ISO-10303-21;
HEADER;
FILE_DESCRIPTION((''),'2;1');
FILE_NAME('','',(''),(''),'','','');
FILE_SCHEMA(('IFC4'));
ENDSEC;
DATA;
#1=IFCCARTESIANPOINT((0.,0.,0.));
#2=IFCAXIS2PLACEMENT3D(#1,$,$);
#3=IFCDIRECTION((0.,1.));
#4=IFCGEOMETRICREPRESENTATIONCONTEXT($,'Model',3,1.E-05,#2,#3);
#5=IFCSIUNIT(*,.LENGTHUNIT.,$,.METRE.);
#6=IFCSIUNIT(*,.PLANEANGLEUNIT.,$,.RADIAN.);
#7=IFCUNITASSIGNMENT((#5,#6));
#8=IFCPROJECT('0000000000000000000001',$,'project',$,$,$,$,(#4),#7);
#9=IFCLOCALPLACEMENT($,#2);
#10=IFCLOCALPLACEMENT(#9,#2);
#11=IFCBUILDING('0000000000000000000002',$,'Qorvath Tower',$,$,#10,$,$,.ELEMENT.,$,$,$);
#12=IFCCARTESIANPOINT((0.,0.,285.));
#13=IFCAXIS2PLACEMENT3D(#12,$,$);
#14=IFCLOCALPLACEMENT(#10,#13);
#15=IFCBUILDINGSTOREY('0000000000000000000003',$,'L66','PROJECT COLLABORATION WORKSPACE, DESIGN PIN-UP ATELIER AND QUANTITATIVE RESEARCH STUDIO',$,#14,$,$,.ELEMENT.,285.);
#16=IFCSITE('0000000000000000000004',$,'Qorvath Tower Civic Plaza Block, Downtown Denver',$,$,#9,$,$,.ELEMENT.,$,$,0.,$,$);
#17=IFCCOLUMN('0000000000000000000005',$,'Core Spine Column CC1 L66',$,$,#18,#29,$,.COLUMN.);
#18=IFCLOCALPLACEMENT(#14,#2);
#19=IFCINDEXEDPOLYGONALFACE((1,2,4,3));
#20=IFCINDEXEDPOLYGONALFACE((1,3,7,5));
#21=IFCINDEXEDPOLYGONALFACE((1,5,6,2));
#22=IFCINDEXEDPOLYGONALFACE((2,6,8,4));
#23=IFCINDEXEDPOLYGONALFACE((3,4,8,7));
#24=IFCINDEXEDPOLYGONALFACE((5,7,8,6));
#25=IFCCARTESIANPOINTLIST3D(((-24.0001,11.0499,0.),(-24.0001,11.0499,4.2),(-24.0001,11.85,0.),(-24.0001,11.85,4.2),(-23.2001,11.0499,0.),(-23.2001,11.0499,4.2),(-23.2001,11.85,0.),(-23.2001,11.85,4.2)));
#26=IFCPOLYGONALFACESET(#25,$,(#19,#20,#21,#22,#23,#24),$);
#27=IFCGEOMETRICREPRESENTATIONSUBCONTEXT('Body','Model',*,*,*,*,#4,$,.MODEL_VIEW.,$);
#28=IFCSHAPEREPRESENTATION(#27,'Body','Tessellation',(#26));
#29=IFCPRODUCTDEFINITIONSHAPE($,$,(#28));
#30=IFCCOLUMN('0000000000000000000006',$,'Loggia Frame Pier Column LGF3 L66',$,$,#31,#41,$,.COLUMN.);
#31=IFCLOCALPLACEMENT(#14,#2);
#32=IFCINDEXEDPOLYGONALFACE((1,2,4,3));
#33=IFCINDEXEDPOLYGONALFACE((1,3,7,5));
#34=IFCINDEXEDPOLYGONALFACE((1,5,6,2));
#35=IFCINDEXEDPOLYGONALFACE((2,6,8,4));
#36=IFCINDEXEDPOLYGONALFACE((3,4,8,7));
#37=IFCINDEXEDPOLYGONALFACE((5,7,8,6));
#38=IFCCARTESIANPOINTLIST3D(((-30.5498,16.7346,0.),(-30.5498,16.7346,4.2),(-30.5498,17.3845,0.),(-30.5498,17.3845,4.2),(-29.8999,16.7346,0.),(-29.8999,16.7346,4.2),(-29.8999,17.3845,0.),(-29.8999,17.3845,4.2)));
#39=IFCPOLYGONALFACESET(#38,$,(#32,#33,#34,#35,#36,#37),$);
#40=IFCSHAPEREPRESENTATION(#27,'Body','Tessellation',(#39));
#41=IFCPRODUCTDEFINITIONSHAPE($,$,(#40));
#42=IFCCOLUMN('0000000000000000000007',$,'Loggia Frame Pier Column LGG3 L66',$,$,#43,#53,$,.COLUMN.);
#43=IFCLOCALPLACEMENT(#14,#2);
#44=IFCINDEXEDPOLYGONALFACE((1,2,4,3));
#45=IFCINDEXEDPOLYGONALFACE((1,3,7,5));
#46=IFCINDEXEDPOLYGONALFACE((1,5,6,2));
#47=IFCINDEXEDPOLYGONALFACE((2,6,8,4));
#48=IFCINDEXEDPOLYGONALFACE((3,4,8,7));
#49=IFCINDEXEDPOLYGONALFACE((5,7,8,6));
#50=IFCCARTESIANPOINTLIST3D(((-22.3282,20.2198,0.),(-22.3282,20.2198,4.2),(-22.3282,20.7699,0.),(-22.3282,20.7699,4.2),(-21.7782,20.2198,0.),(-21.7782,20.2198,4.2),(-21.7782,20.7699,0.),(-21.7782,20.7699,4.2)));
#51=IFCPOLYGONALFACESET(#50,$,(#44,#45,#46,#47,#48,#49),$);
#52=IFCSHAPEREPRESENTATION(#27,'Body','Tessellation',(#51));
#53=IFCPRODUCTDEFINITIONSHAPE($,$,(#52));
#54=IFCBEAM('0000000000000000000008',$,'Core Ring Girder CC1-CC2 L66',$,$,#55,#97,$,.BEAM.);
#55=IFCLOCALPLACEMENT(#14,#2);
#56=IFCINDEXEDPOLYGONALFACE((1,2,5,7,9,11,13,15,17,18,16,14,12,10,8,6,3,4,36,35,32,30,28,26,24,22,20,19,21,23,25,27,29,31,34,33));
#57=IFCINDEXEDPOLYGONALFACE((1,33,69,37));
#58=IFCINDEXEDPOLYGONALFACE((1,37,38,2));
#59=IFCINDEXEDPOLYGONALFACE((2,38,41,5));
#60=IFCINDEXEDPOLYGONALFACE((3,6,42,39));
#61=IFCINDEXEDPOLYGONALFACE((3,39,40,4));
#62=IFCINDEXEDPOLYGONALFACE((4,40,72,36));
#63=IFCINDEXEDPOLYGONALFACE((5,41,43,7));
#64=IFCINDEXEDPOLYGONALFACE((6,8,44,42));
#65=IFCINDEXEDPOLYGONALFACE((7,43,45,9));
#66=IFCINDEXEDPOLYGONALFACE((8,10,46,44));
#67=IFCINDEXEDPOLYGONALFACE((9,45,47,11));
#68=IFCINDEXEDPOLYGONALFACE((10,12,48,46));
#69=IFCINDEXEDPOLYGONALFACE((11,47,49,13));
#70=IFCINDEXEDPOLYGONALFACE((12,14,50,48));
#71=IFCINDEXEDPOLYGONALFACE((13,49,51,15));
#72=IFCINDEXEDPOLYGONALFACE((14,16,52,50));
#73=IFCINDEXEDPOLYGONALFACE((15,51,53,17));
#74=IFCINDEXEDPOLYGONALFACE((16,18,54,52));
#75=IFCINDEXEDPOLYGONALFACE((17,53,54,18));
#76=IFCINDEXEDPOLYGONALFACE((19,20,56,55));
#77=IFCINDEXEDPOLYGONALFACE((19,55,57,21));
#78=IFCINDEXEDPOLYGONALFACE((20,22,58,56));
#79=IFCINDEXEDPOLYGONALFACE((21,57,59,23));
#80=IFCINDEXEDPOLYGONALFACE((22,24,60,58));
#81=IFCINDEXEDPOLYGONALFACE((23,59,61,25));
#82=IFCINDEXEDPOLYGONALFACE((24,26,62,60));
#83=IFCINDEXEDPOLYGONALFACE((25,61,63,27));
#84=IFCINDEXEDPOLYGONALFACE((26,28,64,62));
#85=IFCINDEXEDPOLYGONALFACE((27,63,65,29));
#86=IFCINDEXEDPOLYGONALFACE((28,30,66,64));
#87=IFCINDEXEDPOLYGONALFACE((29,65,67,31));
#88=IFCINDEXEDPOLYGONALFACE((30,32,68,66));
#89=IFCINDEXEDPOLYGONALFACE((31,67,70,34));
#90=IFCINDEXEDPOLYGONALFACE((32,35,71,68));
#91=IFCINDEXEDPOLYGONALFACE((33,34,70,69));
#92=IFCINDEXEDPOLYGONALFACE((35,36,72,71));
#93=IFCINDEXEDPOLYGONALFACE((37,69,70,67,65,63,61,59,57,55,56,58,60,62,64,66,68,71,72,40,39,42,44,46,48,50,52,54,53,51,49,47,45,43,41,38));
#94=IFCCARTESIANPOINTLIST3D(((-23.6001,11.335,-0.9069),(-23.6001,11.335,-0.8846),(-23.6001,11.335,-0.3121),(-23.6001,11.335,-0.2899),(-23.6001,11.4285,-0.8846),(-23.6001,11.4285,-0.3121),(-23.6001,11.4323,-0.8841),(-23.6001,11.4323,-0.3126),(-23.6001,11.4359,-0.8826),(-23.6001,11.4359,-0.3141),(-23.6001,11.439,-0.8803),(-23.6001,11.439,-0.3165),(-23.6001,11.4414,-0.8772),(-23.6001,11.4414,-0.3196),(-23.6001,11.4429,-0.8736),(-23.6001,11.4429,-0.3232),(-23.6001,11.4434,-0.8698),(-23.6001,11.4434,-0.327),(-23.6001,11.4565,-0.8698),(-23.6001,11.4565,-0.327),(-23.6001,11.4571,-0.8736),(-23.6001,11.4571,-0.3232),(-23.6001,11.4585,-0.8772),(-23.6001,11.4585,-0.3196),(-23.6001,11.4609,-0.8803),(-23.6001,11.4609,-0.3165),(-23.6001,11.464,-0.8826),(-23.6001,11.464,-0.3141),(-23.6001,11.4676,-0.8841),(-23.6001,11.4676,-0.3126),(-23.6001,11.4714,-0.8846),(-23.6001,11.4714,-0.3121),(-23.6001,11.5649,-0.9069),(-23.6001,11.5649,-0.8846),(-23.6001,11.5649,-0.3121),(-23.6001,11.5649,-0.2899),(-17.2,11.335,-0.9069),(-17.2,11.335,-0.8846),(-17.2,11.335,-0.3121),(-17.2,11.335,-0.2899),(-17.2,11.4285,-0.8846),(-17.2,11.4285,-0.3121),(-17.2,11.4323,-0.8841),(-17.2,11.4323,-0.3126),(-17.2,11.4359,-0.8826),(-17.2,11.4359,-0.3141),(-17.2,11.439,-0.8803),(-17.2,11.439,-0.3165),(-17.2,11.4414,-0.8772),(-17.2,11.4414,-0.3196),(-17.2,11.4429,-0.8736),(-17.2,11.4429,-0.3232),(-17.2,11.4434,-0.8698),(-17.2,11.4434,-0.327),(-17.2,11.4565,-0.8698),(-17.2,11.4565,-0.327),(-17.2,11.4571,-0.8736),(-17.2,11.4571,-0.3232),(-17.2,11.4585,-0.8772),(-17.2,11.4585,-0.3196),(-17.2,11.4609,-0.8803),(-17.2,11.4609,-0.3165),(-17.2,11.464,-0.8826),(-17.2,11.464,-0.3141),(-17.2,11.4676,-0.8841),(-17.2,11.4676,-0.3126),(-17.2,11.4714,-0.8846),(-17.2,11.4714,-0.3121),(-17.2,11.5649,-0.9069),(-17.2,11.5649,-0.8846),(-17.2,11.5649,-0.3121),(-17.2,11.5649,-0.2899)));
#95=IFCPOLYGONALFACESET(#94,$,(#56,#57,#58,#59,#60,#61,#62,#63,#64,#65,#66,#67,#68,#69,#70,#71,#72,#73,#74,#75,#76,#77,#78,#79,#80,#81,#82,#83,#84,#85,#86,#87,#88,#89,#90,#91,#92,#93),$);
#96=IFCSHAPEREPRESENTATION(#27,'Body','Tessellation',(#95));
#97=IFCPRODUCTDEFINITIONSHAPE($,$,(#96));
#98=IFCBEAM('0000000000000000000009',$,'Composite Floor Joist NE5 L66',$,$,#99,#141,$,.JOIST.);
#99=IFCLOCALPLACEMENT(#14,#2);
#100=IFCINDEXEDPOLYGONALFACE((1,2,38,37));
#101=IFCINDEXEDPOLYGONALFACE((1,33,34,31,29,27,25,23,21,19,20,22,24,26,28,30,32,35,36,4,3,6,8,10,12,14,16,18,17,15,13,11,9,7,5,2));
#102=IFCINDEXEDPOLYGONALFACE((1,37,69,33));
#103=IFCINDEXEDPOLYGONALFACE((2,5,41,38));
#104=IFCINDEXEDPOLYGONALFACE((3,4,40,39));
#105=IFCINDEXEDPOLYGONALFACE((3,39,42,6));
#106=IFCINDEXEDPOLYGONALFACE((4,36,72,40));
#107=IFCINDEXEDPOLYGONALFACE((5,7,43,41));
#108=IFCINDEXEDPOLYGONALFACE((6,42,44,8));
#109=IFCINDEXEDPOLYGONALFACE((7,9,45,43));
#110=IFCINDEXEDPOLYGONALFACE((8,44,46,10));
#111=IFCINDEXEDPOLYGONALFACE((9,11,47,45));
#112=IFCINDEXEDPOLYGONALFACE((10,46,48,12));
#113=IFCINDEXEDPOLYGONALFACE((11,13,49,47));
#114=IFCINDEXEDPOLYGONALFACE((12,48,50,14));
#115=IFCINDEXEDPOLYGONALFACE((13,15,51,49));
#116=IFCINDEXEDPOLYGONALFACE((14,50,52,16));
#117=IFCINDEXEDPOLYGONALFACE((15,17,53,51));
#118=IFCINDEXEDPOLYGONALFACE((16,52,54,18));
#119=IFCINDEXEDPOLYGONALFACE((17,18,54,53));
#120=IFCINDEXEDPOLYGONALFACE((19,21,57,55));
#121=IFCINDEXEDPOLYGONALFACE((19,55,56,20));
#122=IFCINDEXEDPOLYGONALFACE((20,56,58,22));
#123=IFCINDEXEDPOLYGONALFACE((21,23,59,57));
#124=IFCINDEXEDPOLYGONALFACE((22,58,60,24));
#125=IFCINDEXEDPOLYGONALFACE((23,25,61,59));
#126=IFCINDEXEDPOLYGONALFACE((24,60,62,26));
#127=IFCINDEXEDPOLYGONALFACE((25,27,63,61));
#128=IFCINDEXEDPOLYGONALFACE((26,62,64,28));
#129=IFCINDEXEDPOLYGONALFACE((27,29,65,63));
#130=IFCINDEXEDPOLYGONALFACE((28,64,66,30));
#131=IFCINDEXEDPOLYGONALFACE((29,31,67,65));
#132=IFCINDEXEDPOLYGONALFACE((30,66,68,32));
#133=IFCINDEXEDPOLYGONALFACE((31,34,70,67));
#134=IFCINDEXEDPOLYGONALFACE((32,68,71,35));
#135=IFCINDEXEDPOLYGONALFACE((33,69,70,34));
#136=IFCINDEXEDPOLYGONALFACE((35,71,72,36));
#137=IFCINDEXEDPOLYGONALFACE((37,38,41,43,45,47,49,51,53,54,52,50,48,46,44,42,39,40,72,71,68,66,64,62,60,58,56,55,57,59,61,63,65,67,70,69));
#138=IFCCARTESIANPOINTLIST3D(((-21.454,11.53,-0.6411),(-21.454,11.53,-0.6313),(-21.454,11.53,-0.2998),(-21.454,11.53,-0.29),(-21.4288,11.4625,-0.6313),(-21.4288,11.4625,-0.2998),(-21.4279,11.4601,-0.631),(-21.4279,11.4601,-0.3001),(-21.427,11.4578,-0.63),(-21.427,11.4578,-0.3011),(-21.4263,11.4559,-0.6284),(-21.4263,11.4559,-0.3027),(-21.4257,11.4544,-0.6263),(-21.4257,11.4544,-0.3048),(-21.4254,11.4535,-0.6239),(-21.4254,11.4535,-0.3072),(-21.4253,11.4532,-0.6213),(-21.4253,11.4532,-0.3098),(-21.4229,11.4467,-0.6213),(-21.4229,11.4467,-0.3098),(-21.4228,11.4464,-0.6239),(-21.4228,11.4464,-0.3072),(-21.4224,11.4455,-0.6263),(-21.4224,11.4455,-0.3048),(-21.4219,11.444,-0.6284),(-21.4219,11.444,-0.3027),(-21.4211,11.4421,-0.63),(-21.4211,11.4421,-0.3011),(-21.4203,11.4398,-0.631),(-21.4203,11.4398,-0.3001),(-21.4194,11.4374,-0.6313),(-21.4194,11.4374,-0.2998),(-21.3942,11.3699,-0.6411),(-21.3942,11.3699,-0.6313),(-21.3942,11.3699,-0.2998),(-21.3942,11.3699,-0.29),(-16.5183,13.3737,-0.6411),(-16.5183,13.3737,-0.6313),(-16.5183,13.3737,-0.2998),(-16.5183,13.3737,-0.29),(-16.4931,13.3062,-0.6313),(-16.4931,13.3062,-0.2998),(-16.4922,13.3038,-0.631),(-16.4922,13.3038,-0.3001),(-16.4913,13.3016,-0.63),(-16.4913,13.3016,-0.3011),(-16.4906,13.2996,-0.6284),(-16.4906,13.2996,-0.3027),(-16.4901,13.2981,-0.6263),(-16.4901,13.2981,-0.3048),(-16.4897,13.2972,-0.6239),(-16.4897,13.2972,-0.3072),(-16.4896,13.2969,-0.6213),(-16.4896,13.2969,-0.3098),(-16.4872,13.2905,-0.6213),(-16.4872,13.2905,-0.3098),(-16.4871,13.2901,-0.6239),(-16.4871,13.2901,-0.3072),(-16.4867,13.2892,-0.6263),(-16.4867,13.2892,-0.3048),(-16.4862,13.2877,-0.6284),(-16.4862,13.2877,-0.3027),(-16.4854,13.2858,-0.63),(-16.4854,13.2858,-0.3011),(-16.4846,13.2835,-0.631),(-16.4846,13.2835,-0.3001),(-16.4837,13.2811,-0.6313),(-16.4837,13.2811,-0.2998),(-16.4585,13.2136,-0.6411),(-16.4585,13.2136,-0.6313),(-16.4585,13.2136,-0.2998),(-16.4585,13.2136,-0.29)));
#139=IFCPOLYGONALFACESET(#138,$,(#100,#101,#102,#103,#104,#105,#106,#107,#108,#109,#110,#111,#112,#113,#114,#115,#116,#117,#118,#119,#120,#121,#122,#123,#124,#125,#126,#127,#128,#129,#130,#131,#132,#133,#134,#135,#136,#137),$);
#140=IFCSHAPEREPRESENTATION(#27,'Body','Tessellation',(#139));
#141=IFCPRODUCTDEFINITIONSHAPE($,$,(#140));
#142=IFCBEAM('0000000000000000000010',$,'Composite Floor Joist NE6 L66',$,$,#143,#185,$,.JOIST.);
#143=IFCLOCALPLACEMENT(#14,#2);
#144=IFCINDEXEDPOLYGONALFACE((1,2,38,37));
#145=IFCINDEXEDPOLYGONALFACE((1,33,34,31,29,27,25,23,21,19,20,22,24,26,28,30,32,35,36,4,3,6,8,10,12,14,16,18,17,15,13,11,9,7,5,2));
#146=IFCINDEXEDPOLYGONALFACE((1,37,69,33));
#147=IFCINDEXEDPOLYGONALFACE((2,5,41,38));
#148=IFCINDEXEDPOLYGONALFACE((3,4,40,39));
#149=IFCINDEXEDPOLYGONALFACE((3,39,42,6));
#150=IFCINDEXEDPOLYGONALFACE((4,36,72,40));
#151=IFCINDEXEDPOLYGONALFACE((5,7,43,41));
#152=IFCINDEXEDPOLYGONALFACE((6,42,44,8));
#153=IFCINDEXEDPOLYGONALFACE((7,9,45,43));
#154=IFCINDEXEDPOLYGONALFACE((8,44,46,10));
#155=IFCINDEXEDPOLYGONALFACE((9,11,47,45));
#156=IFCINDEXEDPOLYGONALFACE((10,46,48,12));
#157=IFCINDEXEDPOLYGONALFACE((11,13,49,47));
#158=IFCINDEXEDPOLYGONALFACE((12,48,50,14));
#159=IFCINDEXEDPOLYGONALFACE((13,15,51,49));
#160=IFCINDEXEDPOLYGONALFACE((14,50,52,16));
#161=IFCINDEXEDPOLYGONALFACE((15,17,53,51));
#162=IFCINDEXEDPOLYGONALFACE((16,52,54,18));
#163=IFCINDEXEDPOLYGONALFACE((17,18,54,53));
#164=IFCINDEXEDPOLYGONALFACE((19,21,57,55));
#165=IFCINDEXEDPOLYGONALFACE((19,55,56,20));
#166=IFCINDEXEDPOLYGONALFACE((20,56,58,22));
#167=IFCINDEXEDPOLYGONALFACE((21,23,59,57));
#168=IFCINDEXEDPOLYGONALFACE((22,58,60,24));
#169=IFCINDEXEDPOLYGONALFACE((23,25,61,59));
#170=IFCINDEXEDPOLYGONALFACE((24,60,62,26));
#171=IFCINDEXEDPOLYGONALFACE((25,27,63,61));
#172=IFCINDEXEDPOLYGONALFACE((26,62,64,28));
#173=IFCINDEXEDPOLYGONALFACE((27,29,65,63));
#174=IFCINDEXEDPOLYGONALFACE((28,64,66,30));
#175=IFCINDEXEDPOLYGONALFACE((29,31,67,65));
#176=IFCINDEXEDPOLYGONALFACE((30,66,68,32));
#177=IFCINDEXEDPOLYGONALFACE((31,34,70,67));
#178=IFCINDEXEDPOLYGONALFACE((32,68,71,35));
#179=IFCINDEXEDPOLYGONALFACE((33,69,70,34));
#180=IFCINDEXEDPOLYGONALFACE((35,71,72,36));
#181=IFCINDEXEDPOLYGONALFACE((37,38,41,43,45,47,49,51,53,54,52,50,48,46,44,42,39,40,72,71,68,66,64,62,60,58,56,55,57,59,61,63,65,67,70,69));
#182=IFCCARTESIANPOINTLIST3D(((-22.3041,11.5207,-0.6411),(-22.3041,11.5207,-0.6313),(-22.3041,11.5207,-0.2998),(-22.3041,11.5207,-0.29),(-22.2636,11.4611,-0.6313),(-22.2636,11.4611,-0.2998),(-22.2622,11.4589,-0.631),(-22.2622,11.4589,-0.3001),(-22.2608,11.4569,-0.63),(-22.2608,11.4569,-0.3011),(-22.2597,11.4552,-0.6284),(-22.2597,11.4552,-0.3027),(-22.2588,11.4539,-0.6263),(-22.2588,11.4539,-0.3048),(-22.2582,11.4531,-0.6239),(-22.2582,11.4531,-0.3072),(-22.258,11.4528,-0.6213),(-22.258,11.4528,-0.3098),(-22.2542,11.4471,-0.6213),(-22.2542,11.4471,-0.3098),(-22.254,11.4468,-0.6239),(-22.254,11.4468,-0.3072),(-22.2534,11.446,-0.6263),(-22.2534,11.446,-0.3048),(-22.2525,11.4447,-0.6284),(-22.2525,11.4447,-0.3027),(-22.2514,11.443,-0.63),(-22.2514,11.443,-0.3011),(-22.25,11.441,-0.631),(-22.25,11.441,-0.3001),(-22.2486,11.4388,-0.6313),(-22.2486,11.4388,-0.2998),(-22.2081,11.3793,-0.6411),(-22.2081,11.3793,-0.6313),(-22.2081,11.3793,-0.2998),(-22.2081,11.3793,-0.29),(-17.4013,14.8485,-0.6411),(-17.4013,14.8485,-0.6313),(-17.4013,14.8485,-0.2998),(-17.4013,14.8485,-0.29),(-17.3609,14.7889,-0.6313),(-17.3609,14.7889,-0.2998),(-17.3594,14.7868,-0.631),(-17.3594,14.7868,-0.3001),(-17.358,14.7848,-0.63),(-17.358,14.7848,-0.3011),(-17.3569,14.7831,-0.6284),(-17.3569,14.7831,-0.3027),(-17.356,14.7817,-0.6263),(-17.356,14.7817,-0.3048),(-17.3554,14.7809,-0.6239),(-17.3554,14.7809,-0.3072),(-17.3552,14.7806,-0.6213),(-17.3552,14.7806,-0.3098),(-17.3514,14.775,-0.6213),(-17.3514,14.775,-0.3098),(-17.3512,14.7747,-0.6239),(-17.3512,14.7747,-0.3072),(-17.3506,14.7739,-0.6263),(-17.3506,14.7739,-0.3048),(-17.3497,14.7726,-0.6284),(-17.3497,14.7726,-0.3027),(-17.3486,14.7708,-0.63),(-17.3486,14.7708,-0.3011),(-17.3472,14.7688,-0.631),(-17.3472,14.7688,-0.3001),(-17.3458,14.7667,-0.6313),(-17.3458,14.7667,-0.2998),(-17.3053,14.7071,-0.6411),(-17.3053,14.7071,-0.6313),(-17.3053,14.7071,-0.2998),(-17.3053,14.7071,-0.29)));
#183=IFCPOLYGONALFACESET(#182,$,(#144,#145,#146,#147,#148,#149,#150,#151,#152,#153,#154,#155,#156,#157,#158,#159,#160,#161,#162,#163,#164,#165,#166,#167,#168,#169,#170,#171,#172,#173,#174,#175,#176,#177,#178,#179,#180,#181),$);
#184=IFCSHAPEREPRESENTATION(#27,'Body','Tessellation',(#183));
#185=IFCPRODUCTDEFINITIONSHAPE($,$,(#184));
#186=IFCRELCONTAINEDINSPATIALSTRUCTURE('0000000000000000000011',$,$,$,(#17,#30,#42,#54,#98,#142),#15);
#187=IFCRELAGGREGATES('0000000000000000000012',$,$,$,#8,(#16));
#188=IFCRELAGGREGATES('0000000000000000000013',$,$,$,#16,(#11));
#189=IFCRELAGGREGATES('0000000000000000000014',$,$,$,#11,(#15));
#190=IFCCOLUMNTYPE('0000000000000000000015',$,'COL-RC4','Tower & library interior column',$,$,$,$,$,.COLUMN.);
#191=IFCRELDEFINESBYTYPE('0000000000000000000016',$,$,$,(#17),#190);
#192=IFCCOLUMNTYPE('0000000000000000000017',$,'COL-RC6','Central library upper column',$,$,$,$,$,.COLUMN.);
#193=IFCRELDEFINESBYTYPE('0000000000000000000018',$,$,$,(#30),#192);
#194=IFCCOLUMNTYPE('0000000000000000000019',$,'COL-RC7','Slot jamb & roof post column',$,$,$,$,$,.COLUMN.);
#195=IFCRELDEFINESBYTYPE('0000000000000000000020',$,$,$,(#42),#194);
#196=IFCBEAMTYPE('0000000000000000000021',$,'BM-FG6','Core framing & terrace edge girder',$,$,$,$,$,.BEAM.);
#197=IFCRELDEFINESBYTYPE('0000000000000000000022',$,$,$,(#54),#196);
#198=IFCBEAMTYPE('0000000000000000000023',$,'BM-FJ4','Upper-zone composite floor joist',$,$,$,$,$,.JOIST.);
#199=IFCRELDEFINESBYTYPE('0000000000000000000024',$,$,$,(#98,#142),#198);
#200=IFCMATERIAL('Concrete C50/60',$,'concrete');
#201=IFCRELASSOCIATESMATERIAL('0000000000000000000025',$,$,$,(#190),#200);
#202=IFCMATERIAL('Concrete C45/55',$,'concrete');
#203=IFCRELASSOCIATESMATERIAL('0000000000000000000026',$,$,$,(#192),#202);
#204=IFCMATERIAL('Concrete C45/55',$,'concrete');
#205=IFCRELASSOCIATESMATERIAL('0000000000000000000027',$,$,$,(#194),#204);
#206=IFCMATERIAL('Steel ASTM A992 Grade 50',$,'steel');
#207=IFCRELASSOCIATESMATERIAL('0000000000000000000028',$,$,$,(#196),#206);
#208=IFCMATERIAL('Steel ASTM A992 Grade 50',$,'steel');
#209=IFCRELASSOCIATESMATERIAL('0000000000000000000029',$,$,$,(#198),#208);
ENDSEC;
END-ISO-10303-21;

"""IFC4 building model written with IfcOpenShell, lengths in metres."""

from ifc_helpers import new_model, si_unit, direction, frame, origin, origin_2d, place, context, subcontext, project, spatial, rectangle, i_section, extrude, material, material_profile, profile_set, type_object, element, save


model = new_model("IFC4")

# Units and contexts
model_context = context("Model", 3, precision=1e-05, world=origin(), true_north=direction((0.0, 1.0)))
body_context = subcontext(model_context, "Body", "Model", "MODEL_VIEW")
ifc_project = project(units=[si_unit("LENGTHUNIT", "METRE"), si_unit("PLANEANGLEUNIT", "RADIAN")], contexts=[model_context])

# Site, building, storey
site_placement = place(None, origin())
site = spatial("IfcSite", under=ifc_project, at=site_placement, Name="Qorvath Tower Civic Plaza Block, Downtown Denver", CompositionType="ELEMENT", RefElevation=0.0)
building_placement = place(site_placement, origin())
building = spatial("IfcBuilding", under=site, at=building_placement, Name="Qorvath Tower", CompositionType="ELEMENT")
storey_placement = place(building_placement, frame((0.0, 0.0, 285.0)))
storey = spatial("IfcBuildingStorey", under=building, at=storey_placement, Name="L66", Description="PROJECT COLLABORATION WORKSPACE, DESIGN PIN-UP ATELIER AND QUANTITATIVE RESEARCH STUDIO", CompositionType="ELEMENT", Elevation=285.0)

# Columns
ifc_material_1 = material(Name="Concrete C50/60", Category="concrete")
ifc_material_profile_1 = material_profile(ifc_material_1, rectangle(XDim=0.8, YDim=0.8, at=origin_2d()), Name="RC 800x800")
ifc_profile_set_1 = profile_set([ifc_material_profile_1], Name="Concrete C50/60")
column_type_1 = type_object("IfcColumnType", Name="COL-RC4", Description="Tower & library interior column", PredefinedType="COLUMN", material=ifc_profile_set_1)
column_1_placement = place(storey_placement, frame((-23.6001, 11.45, 0.0), z_axis=(0.0, 0.0, 1.0), x_axis=(1.0, 0.0, 0.0)))
element("IfcColumn", 1, at=column_1_placement, inside=storey, type_object=column_type_1, Name="Core Spine Column CC1 L66", PredefinedType="COLUMN", context=body_context, shape_type="SweptSolid", body=[
    extrude(rectangle(XDim=0.8, YDim=0.8, at=origin_2d()), origin(), (0.0, 0.0, 1.0), 4.2),
])
ifc_material_2 = material(Name="Concrete C45/55", Category="concrete")
ifc_material_profile_2 = material_profile(ifc_material_2, rectangle(XDim=0.6499, YDim=0.6499, at=origin_2d()), Name="RC 650x650")
ifc_profile_set_2 = profile_set([ifc_material_profile_2], Name="Concrete C45/55")
column_type_2 = type_object("IfcColumnType", Name="COL-RC6", Description="Central library upper column", PredefinedType="COLUMN", material=ifc_profile_set_2)
column_2_placement = place(storey_placement, frame((-30.2249, 17.0596, 0.0), z_axis=(0.0, 0.0, 1.0), x_axis=(1.0, 0.0, 0.0)))
element("IfcColumn", 2, at=column_2_placement, inside=storey, type_object=column_type_2, Name="Loggia Frame Pier Column LGF3 L66", PredefinedType="COLUMN", context=body_context, shape_type="SweptSolid", body=[
    extrude(rectangle(XDim=0.6499, YDim=0.6499, at=origin_2d()), origin(), (0.0, 0.0, 1.0), 4.2),
])
ifc_material_3 = material(Name="Concrete C45/55", Category="concrete")
ifc_material_profile_3 = material_profile(ifc_material_3, rectangle(XDim=0.55, YDim=0.55, at=origin_2d()), Name="RC 550x550")
ifc_profile_set_3 = profile_set([ifc_material_profile_3], Name="Concrete C45/55")
column_type_3 = type_object("IfcColumnType", Name="COL-RC7", Description="Slot jamb & roof post column", PredefinedType="COLUMN", material=ifc_profile_set_3)
column_3_placement = place(storey_placement, frame((-22.0532, 20.4949, 0.0), z_axis=(0.0, 0.0, 1.0), x_axis=(1.0, 0.0, 0.0)))
element("IfcColumn", 3, at=column_3_placement, inside=storey, type_object=column_type_3, Name="Loggia Frame Pier Column LGG3 L66", PredefinedType="COLUMN", context=body_context, shape_type="SweptSolid", body=[
    extrude(rectangle(XDim=0.55, YDim=0.55, at=origin_2d()), origin(), (0.0, 0.0, 1.0), 4.2),
])

# Beams
ifc_material_4 = material(Name="Steel ASTM A992 Grade 50", Category="steel")
ifc_material_profile_4 = material_profile(ifc_material_4, i_section(OverallWidth=0.23, OverallDepth=0.6169, WebThickness=0.0132, FlangeThickness=0.0222, FilletRadius=0.0149, at=origin_2d()), Name="W24x94")
ifc_profile_set_4 = profile_set([ifc_material_profile_4], Name="Steel ASTM A992 Grade 50")
beam_type_1 = type_object("IfcBeamType", Name="BM-FG6", Description="Core framing & terrace edge girder", PredefinedType="BEAM", material=ifc_profile_set_4)
beam_1_placement = place(storey_placement, frame((-23.6001, 11.45, -0.5984), z_axis=(1.0, 0.0, 0.0), x_axis=(0.0, 1.0, 0.0)))
element("IfcBeam", 4, at=beam_1_placement, inside=storey, type_object=beam_type_1, Name="Core Ring Girder CC1-CC2 L66", PredefinedType="BEAM", context=body_context, shape_type="SweptSolid", body=[
    extrude(i_section(OverallWidth=0.23, OverallDepth=0.6169, WebThickness=0.0132, FlangeThickness=0.0222, FilletRadius=0.0149, at=origin_2d()), origin(), (0.0, 0.0, 1.0), 6.4001),
])
ifc_material_5 = material(Name="Steel ASTM A992 Grade 50", Category="steel")
ifc_material_profile_5 = material_profile(ifc_material_5, i_section(OverallWidth=0.1709, OverallDepth=0.3511, WebThickness=0.0068, FlangeThickness=0.0098, FilletRadius=0.01, at=origin_2d()), Name="W14x30")
ifc_profile_set_5 = profile_set([ifc_material_profile_5], Name="Steel ASTM A992 Grade 50")
beam_type_2 = type_object("IfcBeamType", Name="BM-FJ4", Description="Upper-zone composite floor joist", PredefinedType="JOIST", material=ifc_profile_set_5)
beam_2_placement = place(storey_placement, frame((-21.4241, 11.45, -0.4656), z_axis=(0.936776, 0.34993, 0.0), x_axis=(-0.34993, 0.936776, 0.0)))
element("IfcBeam", 5, at=beam_2_placement, inside=storey, type_object=beam_type_2, Name="Composite Floor Joist NE5 L66", PredefinedType="JOIST", context=body_context, shape_type="SweptSolid", body=[
    extrude(i_section(OverallWidth=0.1709, OverallDepth=0.3511, WebThickness=0.0068, FlangeThickness=0.0098, FilletRadius=0.01, at=origin_2d()), origin(), (0.0, 0.0, 1.0), 5.2688),
])
beam_3_placement = place(storey_placement, frame((-22.2561, 11.45, -0.4656), z_axis=(0.827401, 0.561612, 0.0), x_axis=(-0.561612, 0.827401, 0.0)))
element("IfcBeam", 6, at=beam_3_placement, inside=storey, type_object=beam_type_2, Name="Composite Floor Joist NE6 L66", PredefinedType="JOIST", context=body_context, shape_type="SweptSolid", body=[
    extrude(i_section(OverallWidth=0.1709, OverallDepth=0.3511, WebThickness=0.0068, FlangeThickness=0.0098, FilletRadius=0.01, at=origin_2d()), origin(), (0.0, 0.0, 1.0), 5.9255),
])

save(model, "model.ifc")
